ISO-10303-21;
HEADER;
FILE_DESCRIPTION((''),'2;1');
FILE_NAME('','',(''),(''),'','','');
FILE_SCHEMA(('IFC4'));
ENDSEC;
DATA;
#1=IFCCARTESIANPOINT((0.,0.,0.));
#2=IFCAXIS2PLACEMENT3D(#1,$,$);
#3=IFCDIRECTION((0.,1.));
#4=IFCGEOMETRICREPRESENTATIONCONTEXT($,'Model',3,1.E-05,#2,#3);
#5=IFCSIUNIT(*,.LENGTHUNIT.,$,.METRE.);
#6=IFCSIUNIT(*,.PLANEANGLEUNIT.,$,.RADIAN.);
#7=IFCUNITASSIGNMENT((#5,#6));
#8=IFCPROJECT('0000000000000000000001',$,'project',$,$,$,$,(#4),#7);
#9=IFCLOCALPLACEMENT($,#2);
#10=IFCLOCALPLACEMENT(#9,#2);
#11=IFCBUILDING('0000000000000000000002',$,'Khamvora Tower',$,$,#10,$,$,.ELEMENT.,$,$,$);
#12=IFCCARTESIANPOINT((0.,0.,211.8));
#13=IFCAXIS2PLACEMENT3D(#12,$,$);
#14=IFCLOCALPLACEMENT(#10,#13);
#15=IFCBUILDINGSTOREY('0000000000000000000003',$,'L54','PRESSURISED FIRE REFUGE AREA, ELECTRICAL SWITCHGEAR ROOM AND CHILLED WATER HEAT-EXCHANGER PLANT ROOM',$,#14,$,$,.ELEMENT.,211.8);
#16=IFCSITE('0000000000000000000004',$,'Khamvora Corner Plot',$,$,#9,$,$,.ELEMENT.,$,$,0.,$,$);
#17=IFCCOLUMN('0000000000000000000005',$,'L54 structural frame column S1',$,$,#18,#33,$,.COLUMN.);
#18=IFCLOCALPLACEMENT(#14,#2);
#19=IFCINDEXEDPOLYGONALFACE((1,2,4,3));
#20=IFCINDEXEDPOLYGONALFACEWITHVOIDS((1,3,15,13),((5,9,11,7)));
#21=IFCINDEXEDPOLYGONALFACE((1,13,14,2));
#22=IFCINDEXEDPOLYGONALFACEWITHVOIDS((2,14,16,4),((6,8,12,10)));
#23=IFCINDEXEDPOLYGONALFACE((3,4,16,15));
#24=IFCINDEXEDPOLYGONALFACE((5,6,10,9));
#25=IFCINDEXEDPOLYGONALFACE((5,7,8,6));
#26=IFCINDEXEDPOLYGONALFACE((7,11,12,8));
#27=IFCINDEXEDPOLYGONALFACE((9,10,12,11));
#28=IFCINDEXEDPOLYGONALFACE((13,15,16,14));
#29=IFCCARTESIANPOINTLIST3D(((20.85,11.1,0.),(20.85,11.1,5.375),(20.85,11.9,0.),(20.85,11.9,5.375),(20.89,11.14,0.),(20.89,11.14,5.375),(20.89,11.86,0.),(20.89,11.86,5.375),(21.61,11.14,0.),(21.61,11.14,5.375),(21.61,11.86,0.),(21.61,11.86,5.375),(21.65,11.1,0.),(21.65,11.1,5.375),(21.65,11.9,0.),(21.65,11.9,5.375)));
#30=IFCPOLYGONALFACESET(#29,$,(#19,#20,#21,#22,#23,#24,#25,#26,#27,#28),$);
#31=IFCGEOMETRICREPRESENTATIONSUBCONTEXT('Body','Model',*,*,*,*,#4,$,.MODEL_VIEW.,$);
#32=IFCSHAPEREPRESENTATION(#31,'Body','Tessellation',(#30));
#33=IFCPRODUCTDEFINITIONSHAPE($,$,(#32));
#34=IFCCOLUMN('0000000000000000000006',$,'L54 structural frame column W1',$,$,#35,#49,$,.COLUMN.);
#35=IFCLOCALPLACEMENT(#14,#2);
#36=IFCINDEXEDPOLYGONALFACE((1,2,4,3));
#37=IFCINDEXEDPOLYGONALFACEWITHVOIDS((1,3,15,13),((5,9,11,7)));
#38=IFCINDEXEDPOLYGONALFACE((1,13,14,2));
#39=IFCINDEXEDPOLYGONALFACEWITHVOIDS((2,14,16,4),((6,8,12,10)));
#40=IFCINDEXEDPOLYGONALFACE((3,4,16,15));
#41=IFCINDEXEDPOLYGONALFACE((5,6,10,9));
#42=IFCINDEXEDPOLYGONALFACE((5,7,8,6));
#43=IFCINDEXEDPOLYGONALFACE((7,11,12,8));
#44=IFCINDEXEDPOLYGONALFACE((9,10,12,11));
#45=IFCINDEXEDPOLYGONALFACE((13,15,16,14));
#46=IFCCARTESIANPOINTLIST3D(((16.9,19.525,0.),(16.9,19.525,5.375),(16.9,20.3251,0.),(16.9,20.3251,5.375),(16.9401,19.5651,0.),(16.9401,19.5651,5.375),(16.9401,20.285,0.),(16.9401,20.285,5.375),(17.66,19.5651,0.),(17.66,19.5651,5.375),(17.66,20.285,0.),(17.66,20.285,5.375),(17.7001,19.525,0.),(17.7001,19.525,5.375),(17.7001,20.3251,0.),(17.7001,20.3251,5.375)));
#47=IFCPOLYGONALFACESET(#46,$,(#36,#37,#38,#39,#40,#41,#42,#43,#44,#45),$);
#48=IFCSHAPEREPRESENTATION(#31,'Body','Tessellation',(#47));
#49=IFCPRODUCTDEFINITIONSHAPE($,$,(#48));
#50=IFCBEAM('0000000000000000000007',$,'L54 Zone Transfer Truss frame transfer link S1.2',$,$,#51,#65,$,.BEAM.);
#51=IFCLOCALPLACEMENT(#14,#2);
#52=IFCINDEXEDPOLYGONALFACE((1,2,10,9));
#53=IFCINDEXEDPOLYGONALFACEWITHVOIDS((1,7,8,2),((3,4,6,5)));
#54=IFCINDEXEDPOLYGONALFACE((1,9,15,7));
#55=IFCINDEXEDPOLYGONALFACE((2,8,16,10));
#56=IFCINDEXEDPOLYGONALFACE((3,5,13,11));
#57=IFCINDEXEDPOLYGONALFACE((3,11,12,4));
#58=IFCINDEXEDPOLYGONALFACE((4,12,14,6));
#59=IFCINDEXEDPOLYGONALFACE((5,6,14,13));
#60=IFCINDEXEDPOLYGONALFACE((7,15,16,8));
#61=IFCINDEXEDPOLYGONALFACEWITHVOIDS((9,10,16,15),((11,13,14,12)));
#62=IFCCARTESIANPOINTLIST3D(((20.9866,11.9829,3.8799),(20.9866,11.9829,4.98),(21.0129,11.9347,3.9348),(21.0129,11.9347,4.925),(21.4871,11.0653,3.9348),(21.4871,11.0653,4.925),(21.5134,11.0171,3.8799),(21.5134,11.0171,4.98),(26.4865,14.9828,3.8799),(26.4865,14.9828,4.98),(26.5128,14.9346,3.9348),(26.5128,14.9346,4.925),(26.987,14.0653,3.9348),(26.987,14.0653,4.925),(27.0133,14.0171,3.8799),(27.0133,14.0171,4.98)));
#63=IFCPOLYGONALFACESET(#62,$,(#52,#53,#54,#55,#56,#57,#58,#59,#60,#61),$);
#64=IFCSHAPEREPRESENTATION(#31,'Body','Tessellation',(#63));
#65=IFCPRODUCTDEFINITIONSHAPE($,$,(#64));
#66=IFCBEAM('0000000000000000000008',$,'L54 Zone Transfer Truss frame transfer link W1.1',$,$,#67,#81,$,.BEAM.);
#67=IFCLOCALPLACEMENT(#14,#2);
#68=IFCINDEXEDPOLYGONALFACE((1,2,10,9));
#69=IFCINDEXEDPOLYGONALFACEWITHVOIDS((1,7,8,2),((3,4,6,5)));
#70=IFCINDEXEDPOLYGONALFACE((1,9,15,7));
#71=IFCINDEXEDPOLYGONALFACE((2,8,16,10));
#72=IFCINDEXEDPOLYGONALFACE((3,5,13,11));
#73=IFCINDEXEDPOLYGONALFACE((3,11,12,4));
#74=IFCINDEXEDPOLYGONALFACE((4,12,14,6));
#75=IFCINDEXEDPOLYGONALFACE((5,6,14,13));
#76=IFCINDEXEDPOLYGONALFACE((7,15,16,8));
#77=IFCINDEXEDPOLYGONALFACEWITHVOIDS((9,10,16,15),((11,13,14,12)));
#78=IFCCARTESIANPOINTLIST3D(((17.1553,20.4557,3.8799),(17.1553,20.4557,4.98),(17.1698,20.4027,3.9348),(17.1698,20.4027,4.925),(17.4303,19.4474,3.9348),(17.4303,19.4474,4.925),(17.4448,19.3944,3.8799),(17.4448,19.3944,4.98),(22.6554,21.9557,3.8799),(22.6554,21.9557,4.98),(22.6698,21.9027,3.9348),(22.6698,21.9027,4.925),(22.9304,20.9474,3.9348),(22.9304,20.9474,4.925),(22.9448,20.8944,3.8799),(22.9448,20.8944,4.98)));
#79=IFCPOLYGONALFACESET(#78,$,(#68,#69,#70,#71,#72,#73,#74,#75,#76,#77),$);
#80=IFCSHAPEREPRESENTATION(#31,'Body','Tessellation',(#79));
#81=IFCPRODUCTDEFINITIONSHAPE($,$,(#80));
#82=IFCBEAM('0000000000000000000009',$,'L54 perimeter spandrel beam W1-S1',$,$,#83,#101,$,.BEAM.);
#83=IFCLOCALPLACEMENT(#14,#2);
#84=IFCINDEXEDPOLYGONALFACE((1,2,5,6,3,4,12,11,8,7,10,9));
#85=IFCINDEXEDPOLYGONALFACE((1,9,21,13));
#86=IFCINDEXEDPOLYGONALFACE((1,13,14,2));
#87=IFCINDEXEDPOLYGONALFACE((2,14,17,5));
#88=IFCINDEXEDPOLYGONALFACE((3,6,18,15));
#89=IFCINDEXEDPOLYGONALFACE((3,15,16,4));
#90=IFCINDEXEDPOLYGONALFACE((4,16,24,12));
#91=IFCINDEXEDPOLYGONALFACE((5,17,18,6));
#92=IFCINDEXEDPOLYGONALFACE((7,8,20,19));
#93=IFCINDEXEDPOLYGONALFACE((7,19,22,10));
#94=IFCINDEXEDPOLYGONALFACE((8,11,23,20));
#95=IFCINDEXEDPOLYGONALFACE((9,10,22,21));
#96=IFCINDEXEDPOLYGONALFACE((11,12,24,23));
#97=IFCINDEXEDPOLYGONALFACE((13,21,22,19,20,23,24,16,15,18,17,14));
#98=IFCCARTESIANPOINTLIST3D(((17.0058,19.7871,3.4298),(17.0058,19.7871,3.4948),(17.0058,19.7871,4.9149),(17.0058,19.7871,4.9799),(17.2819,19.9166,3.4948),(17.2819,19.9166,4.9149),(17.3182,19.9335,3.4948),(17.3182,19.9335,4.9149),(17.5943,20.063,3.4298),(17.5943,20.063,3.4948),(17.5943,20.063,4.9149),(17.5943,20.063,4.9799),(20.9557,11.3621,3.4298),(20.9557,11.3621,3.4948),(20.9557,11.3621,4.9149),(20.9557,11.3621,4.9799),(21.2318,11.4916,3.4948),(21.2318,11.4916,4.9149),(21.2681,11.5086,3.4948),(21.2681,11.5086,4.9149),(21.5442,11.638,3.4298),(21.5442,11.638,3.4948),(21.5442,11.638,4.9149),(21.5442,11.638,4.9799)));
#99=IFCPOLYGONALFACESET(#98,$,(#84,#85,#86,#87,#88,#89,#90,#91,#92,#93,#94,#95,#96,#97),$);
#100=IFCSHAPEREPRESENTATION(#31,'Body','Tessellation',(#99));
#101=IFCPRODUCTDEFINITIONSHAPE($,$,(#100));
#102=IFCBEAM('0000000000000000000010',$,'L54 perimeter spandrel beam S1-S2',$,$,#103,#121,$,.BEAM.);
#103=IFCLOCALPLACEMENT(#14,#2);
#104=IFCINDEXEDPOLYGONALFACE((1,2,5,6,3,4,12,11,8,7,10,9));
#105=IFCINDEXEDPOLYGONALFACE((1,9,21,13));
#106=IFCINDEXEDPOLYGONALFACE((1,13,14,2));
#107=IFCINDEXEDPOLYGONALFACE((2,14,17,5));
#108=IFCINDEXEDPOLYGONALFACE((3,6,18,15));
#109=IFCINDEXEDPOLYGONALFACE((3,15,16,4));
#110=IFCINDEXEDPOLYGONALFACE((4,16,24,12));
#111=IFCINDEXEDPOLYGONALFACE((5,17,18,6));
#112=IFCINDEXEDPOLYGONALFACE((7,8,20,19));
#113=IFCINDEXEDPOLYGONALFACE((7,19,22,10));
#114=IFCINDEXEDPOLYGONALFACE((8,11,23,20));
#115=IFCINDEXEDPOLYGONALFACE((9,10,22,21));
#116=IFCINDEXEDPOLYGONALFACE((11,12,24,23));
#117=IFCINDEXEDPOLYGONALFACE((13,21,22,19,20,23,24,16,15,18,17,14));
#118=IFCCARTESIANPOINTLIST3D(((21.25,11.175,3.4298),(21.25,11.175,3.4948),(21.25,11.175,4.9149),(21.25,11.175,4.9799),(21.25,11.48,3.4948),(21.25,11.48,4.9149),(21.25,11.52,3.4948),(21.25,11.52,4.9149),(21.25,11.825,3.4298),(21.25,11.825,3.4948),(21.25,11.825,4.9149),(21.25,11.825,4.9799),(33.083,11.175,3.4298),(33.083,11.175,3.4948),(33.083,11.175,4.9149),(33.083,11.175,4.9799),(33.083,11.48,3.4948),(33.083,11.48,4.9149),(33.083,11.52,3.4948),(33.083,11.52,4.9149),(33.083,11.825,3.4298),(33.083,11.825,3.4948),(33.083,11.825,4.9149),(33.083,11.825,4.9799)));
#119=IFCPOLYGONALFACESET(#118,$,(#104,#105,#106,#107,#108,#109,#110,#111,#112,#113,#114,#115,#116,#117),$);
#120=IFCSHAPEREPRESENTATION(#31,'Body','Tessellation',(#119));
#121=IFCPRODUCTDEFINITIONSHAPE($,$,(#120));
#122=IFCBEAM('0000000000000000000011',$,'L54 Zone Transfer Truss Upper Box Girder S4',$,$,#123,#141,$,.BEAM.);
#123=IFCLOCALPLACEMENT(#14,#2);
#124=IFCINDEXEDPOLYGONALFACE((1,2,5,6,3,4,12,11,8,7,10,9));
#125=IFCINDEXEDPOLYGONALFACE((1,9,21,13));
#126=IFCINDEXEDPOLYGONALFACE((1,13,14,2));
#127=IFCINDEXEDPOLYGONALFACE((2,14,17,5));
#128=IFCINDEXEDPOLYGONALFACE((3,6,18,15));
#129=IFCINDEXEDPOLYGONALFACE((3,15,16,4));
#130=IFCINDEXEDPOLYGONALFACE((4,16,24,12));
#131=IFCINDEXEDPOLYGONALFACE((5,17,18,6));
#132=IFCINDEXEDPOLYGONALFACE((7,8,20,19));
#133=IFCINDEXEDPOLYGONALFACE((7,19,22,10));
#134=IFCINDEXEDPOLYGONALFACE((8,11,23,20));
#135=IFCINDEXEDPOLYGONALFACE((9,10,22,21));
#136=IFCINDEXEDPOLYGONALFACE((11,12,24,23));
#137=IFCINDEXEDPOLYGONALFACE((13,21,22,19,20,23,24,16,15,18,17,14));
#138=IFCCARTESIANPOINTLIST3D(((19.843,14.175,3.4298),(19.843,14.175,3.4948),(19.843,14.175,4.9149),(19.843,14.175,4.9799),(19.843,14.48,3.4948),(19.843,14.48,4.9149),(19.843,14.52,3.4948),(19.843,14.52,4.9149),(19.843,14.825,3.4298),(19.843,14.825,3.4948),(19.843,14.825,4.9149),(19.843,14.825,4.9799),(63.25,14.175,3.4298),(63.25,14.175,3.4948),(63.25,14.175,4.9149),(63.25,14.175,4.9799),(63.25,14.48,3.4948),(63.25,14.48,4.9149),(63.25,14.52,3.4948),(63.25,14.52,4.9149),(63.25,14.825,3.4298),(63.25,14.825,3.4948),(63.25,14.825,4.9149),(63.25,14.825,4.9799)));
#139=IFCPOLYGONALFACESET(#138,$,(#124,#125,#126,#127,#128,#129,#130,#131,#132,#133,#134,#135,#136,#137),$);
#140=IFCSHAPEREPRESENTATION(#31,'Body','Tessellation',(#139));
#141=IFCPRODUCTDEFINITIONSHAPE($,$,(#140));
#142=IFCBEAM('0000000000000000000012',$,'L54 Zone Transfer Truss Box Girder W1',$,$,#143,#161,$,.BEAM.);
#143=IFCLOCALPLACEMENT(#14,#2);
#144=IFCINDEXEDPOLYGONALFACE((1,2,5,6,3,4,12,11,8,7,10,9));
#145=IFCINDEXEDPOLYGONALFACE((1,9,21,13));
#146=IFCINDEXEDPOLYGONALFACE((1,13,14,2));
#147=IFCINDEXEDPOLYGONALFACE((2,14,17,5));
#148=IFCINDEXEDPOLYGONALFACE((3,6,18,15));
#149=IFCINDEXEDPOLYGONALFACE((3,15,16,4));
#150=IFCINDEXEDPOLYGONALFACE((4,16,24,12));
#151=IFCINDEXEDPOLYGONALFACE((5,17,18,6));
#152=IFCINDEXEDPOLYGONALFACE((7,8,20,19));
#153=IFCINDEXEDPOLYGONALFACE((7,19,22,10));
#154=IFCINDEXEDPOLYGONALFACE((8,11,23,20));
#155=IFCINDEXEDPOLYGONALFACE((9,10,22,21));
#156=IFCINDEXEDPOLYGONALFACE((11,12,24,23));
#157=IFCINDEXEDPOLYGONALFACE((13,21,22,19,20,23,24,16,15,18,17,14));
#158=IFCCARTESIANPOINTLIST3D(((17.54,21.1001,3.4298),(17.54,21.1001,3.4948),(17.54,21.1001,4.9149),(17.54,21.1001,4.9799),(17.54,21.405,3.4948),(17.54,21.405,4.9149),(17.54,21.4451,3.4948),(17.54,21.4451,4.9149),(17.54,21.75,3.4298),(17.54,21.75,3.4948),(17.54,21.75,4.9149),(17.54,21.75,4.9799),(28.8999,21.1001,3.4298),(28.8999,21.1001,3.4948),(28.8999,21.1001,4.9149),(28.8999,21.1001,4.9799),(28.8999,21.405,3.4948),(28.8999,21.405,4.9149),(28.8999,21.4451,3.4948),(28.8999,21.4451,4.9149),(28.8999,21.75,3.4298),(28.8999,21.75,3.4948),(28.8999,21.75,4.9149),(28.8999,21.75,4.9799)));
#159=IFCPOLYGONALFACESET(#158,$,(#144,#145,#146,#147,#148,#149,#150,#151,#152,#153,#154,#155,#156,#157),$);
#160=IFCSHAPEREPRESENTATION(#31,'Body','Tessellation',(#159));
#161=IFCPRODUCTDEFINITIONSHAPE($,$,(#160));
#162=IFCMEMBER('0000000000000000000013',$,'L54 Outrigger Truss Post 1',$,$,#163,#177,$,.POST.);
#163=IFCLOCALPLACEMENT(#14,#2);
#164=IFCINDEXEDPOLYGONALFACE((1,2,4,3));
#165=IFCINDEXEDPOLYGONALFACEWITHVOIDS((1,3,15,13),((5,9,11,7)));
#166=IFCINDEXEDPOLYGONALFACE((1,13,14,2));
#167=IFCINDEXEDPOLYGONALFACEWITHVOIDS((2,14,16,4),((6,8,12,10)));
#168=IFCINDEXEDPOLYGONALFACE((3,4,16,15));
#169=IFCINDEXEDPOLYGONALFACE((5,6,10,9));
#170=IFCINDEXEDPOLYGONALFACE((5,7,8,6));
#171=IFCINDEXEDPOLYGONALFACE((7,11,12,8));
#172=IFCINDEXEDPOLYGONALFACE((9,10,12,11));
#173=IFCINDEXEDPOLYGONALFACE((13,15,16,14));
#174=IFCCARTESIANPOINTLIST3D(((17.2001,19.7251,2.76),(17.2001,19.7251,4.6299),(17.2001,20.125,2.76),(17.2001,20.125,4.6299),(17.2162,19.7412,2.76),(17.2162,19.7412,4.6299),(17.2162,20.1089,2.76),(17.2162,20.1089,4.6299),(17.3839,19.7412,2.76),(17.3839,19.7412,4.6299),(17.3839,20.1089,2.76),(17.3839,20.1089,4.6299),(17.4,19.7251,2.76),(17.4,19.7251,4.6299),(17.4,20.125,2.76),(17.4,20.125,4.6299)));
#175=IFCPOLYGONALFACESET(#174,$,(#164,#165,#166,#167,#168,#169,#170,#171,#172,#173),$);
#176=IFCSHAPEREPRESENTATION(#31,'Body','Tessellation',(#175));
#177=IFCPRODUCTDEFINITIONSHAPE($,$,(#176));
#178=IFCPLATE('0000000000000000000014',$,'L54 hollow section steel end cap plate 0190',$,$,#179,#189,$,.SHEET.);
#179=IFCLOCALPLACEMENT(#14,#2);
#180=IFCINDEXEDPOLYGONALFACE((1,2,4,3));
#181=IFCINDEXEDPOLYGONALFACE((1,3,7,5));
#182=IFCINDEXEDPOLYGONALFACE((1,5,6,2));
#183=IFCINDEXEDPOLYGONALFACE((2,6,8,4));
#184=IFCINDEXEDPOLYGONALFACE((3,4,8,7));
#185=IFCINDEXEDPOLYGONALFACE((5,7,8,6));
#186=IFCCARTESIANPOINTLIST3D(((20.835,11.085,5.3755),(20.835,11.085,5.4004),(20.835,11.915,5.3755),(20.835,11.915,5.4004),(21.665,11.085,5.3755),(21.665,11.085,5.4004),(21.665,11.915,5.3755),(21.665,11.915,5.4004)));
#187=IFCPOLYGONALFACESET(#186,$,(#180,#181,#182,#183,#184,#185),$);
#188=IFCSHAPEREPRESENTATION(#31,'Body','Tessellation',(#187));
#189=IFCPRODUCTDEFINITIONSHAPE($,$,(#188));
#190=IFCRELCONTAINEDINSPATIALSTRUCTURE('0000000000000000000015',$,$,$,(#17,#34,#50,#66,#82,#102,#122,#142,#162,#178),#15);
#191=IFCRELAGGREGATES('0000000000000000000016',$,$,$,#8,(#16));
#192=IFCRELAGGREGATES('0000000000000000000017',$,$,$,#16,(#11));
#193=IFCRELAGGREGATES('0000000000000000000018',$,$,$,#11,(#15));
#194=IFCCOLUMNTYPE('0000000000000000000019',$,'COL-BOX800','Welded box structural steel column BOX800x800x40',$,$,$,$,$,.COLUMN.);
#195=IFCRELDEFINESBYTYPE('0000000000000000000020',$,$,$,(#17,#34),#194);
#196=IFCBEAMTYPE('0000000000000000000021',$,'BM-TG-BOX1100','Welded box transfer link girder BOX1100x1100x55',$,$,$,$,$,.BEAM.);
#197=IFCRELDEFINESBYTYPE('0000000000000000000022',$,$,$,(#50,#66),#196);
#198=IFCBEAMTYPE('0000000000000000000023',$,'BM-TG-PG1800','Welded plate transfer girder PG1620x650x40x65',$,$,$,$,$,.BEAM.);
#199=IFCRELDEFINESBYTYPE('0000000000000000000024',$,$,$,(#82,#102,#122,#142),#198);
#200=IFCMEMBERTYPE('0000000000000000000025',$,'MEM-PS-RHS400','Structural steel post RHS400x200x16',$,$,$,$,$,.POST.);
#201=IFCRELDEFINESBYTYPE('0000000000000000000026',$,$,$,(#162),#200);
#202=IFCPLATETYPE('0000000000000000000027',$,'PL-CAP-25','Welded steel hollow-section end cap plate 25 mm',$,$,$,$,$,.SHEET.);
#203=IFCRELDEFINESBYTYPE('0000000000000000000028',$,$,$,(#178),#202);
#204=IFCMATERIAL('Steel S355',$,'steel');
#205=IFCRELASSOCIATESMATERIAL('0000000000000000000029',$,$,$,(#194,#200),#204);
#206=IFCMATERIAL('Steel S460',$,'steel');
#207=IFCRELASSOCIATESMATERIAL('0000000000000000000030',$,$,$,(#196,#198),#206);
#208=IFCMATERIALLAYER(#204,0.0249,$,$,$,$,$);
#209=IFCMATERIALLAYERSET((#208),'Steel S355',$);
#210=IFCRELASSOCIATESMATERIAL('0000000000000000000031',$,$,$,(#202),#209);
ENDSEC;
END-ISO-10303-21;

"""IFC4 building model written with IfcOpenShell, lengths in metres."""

from ifc_helpers import new_model, si_unit, direction, frame, origin, origin_2d, place, context, subcontext, project, spatial, rectangle, hollow_rectangle, i_section, extrude, material, layer, layer_set, material_profile, profile_set, type_object, element, save


model = new_model("IFC4")

# Units and contexts
model_context = context("Model", 3, precision=1e-05, world=origin(), true_north=direction((0.0, 1.0)))
body_context = subcontext(model_context, "Body", "Model", "MODEL_VIEW")
ifc_project = project(units=[si_unit("LENGTHUNIT", "METRE"), si_unit("PLANEANGLEUNIT", "RADIAN")], contexts=[model_context])

# Site, building, storey
site_placement = place(None, origin())
site = spatial("IfcSite", under=ifc_project, at=site_placement, Name="Khamvora Corner Plot", CompositionType="ELEMENT", RefElevation=0.0)
building_placement = place(site_placement, origin())
building = spatial("IfcBuilding", under=site, at=building_placement, Name="Khamvora Tower", CompositionType="ELEMENT")
storey_placement = place(building_placement, frame((0.0, 0.0, 211.8)))
storey = spatial("IfcBuildingStorey", under=building, at=storey_placement, Name="L54", Description="PRESSURISED FIRE REFUGE AREA, ELECTRICAL SWITCHGEAR ROOM AND CHILLED WATER HEAT-EXCHANGER PLANT ROOM", CompositionType="ELEMENT", Elevation=211.8)

# Columns
ifc_material_1 = material(Name="Steel S355", Category="steel")
ifc_material_profile_1 = material_profile(ifc_material_1, hollow_rectangle(XDim=0.8, YDim=0.8, WallThickness=0.04, at=origin_2d()), Name="BOX800x800x40")
ifc_profile_set_1 = profile_set([ifc_material_profile_1], Name="Steel S355")
column_type = type_object("IfcColumnType", Name="COL-BOX800", Description="Welded box structural steel column BOX800x800x40", PredefinedType="COLUMN", material=ifc_profile_set_1)
for number, where, z_axis, x_axis, name in (
    (1, (21.25, 11.5, 0.0), (0.0, 0.0, 1.0), (1.0, 0.0, 0.0), "L54 structural frame column S1"),
    (2, (17.3, 19.925, 0.0), (0.0, 0.0, 1.0), (1.0, 0.0, 0.0), "L54 structural frame column W1"),
):
    element("IfcColumn", number, at=place(storey_placement, frame(where, z_axis=z_axis, x_axis=x_axis)), inside=storey, type_object=column_type, Name=name, PredefinedType="COLUMN", context=body_context, shape_type="SweptSolid", body=[
        extrude(hollow_rectangle(XDim=0.8, YDim=0.8, WallThickness=0.04, at=origin_2d()), origin(), (0.0, 0.0, 1.0), 5.375),
    ])

# Beams
ifc_material_2 = material(Name="Steel S460", Category="steel")
ifc_material_profile_2 = material_profile(ifc_material_2, hollow_rectangle(XDim=1.1001, YDim=1.1001, WallThickness=0.0549, at=origin_2d()), Name="BOX1100x1100x55")
ifc_profile_set_2 = profile_set([ifc_material_profile_2], Name="Steel S460")
beam_type_1 = type_object("IfcBeamType", Name="BM-TG-BOX1100", Description="Welded box transfer link girder BOX1100x1100x55", PredefinedType="BEAM", material=ifc_profile_set_2)
beam_1_placement = place(storey_placement, frame((21.25, 11.5, 4.4299), z_axis=(0.877896, 0.478852, 0.0), x_axis=(-0.478852, 0.877896, 0.0)))
element("IfcBeam", 3, at=beam_1_placement, inside=storey, type_object=beam_type_1, Name="L54 Zone Transfer Truss frame transfer link S1.2", PredefinedType="BEAM", context=body_context, shape_type="SweptSolid", body=[
    extrude(hollow_rectangle(XDim=1.1001, YDim=1.1001, WallThickness=0.0549, at=origin_2d()), origin(), (0.0, 0.0, 1.0), 6.2649),
])
beam_2_placement = place(storey_placement, frame((17.3, 19.925, 4.4299), z_axis=(0.964764, 0.263117, 0.0), x_axis=(-0.263117, 0.964764, 0.0)))
element("IfcBeam", 4, at=beam_2_placement, inside=storey, type_object=beam_type_1, Name="L54 Zone Transfer Truss frame transfer link W1.1", PredefinedType="BEAM", context=body_context, shape_type="SweptSolid", body=[
    extrude(hollow_rectangle(XDim=1.1001, YDim=1.1001, WallThickness=0.0549, at=origin_2d()), origin(), (0.0, 0.0, 1.0), 5.7009),
])
ifc_material_profile_3 = material_profile(ifc_material_2, i_section(OverallWidth=0.6499, OverallDepth=1.55, WebThickness=0.04, FlangeThickness=0.0649, at=origin_2d()), Name="PG1550x650x40x65")
ifc_profile_set_3 = profile_set([ifc_material_profile_3], Name="Steel S460")
beam_type_2 = type_object("IfcBeamType", Name="BM-TG-PG1800", Description="Welded plate transfer girder PG1620x650x40x65", PredefinedType="BEAM", material=ifc_profile_set_3)
beam_3_placement = place(storey_placement, frame((17.3, 19.925, 4.2048), z_axis=(0.424496, -0.90543, 0.0), x_axis=(0.90543, 0.424496, 0.0)))
element("IfcBeam", 5, at=beam_3_placement, inside=storey, type_object=beam_type_2, Name="L54 perimeter spandrel beam W1-S1", PredefinedType="BEAM", context=body_context, shape_type="SweptSolid", body=[
    extrude(i_section(OverallWidth=0.6499, OverallDepth=1.55, WebThickness=0.04, FlangeThickness=0.0649, at=origin_2d()), origin(), (0.0, 0.0, 1.0), 9.3049),
])
beam_4_placement = place(storey_placement, frame((21.25, 11.5, 4.2048), z_axis=(1.0, 0.0, 0.0), x_axis=(0.0, 1.0, 0.0)))
element("IfcBeam", 6, at=beam_4_placement, inside=storey, type_object=beam_type_2, Name="L54 perimeter spandrel beam S1-S2", PredefinedType="BEAM", context=body_context, shape_type="SweptSolid", body=[
    extrude(i_section(OverallWidth=0.6499, OverallDepth=1.55, WebThickness=0.04, FlangeThickness=0.0649, at=origin_2d()), origin(), (0.0, 0.0, 1.0), 11.833),
])
beam_5_placement = place(storey_placement, frame((19.843, 14.5, 4.2048), z_axis=(1.0, 0.0, 0.0), x_axis=(0.0, 1.0, 0.0)))
element("IfcBeam", 7, at=beam_5_placement, inside=storey, type_object=beam_type_2, Name="L54 Zone Transfer Truss Upper Box Girder S4", PredefinedType="BEAM", context=body_context, shape_type="SweptSolid", body=[
    extrude(i_section(OverallWidth=0.6499, OverallDepth=1.55, WebThickness=0.04, FlangeThickness=0.0649, at=origin_2d()), origin(), (0.0, 0.0, 1.0), 43.407),
])
beam_6_placement = place(storey_placement, frame((17.54, 21.425, 4.2048), z_axis=(1.0, 0.0, 0.0), x_axis=(0.0, 1.0, 0.0)))
element("IfcBeam", 8, at=beam_6_placement, inside=storey, type_object=beam_type_2, Name="L54 Zone Transfer Truss Box Girder W1", PredefinedType="BEAM", context=body_context, shape_type="SweptSolid", body=[
    extrude(i_section(OverallWidth=0.6499, OverallDepth=1.55, WebThickness=0.04, FlangeThickness=0.0649, at=origin_2d()), origin(), (0.0, 0.0, 1.0), 11.3599),
])

# Member
ifc_material_profile_4 = material_profile(ifc_material_1, hollow_rectangle(XDim=0.2, YDim=0.3999, WallThickness=0.0161, at=origin_2d()), Name="RHS400x200x16")
ifc_profile_set_4 = profile_set([ifc_material_profile_4], Name="Steel S355")
member_type = type_object("IfcMemberType", Name="MEM-PS-RHS400", Description="Structural steel post RHS400x200x16", PredefinedType="POST", material=ifc_profile_set_4)
member_placement = place(storey_placement, frame((17.3, 19.925, 2.76), z_axis=(0.0, 0.0, 1.0), x_axis=(1.0, 0.0, 0.0)))
element("IfcMember", 9, at=member_placement, inside=storey, type_object=member_type, Name="L54 Outrigger Truss Post 1", PredefinedType="POST", context=body_context, shape_type="SweptSolid", body=[
    extrude(hollow_rectangle(XDim=0.2, YDim=0.3999, WallThickness=0.0161, at=origin_2d()), origin(), (0.0, 0.0, 1.0), 1.8699),
])

# Plate
ifc_layer_1 = layer(ifc_material_1, 0.0249)
ifc_layer_set_1 = layer_set([ifc_layer_1], Name="Steel S355")
plate_type_1 = type_object("IfcPlateType", Name="PL-CAP-25", Description="Welded steel hollow-section end cap plate 25 mm", PredefinedType="SHEET", material=ifc_layer_set_1)
for number, where, z_axis, x_axis, name in (
    (10, (21.25, 11.5, 5.3755), (0.0, 0.0, 1.0), (1.0, 0.0, 0.0), "L54 hollow section steel end cap plate 0190"),
):
    element("IfcPlate", number, at=place(storey_placement, frame(where, z_axis=z_axis, x_axis=x_axis)), inside=storey, type_object=plate_type_1, Name=name, PredefinedType="SHEET", context=body_context, shape_type="SweptSolid", body=[
        extrude(rectangle(XDim=0.8301, YDim=0.8301, at=origin_2d()), origin(), (0.0, 0.0, 1.0), 0.0249),
    ])

save(model, "model.ifc")
